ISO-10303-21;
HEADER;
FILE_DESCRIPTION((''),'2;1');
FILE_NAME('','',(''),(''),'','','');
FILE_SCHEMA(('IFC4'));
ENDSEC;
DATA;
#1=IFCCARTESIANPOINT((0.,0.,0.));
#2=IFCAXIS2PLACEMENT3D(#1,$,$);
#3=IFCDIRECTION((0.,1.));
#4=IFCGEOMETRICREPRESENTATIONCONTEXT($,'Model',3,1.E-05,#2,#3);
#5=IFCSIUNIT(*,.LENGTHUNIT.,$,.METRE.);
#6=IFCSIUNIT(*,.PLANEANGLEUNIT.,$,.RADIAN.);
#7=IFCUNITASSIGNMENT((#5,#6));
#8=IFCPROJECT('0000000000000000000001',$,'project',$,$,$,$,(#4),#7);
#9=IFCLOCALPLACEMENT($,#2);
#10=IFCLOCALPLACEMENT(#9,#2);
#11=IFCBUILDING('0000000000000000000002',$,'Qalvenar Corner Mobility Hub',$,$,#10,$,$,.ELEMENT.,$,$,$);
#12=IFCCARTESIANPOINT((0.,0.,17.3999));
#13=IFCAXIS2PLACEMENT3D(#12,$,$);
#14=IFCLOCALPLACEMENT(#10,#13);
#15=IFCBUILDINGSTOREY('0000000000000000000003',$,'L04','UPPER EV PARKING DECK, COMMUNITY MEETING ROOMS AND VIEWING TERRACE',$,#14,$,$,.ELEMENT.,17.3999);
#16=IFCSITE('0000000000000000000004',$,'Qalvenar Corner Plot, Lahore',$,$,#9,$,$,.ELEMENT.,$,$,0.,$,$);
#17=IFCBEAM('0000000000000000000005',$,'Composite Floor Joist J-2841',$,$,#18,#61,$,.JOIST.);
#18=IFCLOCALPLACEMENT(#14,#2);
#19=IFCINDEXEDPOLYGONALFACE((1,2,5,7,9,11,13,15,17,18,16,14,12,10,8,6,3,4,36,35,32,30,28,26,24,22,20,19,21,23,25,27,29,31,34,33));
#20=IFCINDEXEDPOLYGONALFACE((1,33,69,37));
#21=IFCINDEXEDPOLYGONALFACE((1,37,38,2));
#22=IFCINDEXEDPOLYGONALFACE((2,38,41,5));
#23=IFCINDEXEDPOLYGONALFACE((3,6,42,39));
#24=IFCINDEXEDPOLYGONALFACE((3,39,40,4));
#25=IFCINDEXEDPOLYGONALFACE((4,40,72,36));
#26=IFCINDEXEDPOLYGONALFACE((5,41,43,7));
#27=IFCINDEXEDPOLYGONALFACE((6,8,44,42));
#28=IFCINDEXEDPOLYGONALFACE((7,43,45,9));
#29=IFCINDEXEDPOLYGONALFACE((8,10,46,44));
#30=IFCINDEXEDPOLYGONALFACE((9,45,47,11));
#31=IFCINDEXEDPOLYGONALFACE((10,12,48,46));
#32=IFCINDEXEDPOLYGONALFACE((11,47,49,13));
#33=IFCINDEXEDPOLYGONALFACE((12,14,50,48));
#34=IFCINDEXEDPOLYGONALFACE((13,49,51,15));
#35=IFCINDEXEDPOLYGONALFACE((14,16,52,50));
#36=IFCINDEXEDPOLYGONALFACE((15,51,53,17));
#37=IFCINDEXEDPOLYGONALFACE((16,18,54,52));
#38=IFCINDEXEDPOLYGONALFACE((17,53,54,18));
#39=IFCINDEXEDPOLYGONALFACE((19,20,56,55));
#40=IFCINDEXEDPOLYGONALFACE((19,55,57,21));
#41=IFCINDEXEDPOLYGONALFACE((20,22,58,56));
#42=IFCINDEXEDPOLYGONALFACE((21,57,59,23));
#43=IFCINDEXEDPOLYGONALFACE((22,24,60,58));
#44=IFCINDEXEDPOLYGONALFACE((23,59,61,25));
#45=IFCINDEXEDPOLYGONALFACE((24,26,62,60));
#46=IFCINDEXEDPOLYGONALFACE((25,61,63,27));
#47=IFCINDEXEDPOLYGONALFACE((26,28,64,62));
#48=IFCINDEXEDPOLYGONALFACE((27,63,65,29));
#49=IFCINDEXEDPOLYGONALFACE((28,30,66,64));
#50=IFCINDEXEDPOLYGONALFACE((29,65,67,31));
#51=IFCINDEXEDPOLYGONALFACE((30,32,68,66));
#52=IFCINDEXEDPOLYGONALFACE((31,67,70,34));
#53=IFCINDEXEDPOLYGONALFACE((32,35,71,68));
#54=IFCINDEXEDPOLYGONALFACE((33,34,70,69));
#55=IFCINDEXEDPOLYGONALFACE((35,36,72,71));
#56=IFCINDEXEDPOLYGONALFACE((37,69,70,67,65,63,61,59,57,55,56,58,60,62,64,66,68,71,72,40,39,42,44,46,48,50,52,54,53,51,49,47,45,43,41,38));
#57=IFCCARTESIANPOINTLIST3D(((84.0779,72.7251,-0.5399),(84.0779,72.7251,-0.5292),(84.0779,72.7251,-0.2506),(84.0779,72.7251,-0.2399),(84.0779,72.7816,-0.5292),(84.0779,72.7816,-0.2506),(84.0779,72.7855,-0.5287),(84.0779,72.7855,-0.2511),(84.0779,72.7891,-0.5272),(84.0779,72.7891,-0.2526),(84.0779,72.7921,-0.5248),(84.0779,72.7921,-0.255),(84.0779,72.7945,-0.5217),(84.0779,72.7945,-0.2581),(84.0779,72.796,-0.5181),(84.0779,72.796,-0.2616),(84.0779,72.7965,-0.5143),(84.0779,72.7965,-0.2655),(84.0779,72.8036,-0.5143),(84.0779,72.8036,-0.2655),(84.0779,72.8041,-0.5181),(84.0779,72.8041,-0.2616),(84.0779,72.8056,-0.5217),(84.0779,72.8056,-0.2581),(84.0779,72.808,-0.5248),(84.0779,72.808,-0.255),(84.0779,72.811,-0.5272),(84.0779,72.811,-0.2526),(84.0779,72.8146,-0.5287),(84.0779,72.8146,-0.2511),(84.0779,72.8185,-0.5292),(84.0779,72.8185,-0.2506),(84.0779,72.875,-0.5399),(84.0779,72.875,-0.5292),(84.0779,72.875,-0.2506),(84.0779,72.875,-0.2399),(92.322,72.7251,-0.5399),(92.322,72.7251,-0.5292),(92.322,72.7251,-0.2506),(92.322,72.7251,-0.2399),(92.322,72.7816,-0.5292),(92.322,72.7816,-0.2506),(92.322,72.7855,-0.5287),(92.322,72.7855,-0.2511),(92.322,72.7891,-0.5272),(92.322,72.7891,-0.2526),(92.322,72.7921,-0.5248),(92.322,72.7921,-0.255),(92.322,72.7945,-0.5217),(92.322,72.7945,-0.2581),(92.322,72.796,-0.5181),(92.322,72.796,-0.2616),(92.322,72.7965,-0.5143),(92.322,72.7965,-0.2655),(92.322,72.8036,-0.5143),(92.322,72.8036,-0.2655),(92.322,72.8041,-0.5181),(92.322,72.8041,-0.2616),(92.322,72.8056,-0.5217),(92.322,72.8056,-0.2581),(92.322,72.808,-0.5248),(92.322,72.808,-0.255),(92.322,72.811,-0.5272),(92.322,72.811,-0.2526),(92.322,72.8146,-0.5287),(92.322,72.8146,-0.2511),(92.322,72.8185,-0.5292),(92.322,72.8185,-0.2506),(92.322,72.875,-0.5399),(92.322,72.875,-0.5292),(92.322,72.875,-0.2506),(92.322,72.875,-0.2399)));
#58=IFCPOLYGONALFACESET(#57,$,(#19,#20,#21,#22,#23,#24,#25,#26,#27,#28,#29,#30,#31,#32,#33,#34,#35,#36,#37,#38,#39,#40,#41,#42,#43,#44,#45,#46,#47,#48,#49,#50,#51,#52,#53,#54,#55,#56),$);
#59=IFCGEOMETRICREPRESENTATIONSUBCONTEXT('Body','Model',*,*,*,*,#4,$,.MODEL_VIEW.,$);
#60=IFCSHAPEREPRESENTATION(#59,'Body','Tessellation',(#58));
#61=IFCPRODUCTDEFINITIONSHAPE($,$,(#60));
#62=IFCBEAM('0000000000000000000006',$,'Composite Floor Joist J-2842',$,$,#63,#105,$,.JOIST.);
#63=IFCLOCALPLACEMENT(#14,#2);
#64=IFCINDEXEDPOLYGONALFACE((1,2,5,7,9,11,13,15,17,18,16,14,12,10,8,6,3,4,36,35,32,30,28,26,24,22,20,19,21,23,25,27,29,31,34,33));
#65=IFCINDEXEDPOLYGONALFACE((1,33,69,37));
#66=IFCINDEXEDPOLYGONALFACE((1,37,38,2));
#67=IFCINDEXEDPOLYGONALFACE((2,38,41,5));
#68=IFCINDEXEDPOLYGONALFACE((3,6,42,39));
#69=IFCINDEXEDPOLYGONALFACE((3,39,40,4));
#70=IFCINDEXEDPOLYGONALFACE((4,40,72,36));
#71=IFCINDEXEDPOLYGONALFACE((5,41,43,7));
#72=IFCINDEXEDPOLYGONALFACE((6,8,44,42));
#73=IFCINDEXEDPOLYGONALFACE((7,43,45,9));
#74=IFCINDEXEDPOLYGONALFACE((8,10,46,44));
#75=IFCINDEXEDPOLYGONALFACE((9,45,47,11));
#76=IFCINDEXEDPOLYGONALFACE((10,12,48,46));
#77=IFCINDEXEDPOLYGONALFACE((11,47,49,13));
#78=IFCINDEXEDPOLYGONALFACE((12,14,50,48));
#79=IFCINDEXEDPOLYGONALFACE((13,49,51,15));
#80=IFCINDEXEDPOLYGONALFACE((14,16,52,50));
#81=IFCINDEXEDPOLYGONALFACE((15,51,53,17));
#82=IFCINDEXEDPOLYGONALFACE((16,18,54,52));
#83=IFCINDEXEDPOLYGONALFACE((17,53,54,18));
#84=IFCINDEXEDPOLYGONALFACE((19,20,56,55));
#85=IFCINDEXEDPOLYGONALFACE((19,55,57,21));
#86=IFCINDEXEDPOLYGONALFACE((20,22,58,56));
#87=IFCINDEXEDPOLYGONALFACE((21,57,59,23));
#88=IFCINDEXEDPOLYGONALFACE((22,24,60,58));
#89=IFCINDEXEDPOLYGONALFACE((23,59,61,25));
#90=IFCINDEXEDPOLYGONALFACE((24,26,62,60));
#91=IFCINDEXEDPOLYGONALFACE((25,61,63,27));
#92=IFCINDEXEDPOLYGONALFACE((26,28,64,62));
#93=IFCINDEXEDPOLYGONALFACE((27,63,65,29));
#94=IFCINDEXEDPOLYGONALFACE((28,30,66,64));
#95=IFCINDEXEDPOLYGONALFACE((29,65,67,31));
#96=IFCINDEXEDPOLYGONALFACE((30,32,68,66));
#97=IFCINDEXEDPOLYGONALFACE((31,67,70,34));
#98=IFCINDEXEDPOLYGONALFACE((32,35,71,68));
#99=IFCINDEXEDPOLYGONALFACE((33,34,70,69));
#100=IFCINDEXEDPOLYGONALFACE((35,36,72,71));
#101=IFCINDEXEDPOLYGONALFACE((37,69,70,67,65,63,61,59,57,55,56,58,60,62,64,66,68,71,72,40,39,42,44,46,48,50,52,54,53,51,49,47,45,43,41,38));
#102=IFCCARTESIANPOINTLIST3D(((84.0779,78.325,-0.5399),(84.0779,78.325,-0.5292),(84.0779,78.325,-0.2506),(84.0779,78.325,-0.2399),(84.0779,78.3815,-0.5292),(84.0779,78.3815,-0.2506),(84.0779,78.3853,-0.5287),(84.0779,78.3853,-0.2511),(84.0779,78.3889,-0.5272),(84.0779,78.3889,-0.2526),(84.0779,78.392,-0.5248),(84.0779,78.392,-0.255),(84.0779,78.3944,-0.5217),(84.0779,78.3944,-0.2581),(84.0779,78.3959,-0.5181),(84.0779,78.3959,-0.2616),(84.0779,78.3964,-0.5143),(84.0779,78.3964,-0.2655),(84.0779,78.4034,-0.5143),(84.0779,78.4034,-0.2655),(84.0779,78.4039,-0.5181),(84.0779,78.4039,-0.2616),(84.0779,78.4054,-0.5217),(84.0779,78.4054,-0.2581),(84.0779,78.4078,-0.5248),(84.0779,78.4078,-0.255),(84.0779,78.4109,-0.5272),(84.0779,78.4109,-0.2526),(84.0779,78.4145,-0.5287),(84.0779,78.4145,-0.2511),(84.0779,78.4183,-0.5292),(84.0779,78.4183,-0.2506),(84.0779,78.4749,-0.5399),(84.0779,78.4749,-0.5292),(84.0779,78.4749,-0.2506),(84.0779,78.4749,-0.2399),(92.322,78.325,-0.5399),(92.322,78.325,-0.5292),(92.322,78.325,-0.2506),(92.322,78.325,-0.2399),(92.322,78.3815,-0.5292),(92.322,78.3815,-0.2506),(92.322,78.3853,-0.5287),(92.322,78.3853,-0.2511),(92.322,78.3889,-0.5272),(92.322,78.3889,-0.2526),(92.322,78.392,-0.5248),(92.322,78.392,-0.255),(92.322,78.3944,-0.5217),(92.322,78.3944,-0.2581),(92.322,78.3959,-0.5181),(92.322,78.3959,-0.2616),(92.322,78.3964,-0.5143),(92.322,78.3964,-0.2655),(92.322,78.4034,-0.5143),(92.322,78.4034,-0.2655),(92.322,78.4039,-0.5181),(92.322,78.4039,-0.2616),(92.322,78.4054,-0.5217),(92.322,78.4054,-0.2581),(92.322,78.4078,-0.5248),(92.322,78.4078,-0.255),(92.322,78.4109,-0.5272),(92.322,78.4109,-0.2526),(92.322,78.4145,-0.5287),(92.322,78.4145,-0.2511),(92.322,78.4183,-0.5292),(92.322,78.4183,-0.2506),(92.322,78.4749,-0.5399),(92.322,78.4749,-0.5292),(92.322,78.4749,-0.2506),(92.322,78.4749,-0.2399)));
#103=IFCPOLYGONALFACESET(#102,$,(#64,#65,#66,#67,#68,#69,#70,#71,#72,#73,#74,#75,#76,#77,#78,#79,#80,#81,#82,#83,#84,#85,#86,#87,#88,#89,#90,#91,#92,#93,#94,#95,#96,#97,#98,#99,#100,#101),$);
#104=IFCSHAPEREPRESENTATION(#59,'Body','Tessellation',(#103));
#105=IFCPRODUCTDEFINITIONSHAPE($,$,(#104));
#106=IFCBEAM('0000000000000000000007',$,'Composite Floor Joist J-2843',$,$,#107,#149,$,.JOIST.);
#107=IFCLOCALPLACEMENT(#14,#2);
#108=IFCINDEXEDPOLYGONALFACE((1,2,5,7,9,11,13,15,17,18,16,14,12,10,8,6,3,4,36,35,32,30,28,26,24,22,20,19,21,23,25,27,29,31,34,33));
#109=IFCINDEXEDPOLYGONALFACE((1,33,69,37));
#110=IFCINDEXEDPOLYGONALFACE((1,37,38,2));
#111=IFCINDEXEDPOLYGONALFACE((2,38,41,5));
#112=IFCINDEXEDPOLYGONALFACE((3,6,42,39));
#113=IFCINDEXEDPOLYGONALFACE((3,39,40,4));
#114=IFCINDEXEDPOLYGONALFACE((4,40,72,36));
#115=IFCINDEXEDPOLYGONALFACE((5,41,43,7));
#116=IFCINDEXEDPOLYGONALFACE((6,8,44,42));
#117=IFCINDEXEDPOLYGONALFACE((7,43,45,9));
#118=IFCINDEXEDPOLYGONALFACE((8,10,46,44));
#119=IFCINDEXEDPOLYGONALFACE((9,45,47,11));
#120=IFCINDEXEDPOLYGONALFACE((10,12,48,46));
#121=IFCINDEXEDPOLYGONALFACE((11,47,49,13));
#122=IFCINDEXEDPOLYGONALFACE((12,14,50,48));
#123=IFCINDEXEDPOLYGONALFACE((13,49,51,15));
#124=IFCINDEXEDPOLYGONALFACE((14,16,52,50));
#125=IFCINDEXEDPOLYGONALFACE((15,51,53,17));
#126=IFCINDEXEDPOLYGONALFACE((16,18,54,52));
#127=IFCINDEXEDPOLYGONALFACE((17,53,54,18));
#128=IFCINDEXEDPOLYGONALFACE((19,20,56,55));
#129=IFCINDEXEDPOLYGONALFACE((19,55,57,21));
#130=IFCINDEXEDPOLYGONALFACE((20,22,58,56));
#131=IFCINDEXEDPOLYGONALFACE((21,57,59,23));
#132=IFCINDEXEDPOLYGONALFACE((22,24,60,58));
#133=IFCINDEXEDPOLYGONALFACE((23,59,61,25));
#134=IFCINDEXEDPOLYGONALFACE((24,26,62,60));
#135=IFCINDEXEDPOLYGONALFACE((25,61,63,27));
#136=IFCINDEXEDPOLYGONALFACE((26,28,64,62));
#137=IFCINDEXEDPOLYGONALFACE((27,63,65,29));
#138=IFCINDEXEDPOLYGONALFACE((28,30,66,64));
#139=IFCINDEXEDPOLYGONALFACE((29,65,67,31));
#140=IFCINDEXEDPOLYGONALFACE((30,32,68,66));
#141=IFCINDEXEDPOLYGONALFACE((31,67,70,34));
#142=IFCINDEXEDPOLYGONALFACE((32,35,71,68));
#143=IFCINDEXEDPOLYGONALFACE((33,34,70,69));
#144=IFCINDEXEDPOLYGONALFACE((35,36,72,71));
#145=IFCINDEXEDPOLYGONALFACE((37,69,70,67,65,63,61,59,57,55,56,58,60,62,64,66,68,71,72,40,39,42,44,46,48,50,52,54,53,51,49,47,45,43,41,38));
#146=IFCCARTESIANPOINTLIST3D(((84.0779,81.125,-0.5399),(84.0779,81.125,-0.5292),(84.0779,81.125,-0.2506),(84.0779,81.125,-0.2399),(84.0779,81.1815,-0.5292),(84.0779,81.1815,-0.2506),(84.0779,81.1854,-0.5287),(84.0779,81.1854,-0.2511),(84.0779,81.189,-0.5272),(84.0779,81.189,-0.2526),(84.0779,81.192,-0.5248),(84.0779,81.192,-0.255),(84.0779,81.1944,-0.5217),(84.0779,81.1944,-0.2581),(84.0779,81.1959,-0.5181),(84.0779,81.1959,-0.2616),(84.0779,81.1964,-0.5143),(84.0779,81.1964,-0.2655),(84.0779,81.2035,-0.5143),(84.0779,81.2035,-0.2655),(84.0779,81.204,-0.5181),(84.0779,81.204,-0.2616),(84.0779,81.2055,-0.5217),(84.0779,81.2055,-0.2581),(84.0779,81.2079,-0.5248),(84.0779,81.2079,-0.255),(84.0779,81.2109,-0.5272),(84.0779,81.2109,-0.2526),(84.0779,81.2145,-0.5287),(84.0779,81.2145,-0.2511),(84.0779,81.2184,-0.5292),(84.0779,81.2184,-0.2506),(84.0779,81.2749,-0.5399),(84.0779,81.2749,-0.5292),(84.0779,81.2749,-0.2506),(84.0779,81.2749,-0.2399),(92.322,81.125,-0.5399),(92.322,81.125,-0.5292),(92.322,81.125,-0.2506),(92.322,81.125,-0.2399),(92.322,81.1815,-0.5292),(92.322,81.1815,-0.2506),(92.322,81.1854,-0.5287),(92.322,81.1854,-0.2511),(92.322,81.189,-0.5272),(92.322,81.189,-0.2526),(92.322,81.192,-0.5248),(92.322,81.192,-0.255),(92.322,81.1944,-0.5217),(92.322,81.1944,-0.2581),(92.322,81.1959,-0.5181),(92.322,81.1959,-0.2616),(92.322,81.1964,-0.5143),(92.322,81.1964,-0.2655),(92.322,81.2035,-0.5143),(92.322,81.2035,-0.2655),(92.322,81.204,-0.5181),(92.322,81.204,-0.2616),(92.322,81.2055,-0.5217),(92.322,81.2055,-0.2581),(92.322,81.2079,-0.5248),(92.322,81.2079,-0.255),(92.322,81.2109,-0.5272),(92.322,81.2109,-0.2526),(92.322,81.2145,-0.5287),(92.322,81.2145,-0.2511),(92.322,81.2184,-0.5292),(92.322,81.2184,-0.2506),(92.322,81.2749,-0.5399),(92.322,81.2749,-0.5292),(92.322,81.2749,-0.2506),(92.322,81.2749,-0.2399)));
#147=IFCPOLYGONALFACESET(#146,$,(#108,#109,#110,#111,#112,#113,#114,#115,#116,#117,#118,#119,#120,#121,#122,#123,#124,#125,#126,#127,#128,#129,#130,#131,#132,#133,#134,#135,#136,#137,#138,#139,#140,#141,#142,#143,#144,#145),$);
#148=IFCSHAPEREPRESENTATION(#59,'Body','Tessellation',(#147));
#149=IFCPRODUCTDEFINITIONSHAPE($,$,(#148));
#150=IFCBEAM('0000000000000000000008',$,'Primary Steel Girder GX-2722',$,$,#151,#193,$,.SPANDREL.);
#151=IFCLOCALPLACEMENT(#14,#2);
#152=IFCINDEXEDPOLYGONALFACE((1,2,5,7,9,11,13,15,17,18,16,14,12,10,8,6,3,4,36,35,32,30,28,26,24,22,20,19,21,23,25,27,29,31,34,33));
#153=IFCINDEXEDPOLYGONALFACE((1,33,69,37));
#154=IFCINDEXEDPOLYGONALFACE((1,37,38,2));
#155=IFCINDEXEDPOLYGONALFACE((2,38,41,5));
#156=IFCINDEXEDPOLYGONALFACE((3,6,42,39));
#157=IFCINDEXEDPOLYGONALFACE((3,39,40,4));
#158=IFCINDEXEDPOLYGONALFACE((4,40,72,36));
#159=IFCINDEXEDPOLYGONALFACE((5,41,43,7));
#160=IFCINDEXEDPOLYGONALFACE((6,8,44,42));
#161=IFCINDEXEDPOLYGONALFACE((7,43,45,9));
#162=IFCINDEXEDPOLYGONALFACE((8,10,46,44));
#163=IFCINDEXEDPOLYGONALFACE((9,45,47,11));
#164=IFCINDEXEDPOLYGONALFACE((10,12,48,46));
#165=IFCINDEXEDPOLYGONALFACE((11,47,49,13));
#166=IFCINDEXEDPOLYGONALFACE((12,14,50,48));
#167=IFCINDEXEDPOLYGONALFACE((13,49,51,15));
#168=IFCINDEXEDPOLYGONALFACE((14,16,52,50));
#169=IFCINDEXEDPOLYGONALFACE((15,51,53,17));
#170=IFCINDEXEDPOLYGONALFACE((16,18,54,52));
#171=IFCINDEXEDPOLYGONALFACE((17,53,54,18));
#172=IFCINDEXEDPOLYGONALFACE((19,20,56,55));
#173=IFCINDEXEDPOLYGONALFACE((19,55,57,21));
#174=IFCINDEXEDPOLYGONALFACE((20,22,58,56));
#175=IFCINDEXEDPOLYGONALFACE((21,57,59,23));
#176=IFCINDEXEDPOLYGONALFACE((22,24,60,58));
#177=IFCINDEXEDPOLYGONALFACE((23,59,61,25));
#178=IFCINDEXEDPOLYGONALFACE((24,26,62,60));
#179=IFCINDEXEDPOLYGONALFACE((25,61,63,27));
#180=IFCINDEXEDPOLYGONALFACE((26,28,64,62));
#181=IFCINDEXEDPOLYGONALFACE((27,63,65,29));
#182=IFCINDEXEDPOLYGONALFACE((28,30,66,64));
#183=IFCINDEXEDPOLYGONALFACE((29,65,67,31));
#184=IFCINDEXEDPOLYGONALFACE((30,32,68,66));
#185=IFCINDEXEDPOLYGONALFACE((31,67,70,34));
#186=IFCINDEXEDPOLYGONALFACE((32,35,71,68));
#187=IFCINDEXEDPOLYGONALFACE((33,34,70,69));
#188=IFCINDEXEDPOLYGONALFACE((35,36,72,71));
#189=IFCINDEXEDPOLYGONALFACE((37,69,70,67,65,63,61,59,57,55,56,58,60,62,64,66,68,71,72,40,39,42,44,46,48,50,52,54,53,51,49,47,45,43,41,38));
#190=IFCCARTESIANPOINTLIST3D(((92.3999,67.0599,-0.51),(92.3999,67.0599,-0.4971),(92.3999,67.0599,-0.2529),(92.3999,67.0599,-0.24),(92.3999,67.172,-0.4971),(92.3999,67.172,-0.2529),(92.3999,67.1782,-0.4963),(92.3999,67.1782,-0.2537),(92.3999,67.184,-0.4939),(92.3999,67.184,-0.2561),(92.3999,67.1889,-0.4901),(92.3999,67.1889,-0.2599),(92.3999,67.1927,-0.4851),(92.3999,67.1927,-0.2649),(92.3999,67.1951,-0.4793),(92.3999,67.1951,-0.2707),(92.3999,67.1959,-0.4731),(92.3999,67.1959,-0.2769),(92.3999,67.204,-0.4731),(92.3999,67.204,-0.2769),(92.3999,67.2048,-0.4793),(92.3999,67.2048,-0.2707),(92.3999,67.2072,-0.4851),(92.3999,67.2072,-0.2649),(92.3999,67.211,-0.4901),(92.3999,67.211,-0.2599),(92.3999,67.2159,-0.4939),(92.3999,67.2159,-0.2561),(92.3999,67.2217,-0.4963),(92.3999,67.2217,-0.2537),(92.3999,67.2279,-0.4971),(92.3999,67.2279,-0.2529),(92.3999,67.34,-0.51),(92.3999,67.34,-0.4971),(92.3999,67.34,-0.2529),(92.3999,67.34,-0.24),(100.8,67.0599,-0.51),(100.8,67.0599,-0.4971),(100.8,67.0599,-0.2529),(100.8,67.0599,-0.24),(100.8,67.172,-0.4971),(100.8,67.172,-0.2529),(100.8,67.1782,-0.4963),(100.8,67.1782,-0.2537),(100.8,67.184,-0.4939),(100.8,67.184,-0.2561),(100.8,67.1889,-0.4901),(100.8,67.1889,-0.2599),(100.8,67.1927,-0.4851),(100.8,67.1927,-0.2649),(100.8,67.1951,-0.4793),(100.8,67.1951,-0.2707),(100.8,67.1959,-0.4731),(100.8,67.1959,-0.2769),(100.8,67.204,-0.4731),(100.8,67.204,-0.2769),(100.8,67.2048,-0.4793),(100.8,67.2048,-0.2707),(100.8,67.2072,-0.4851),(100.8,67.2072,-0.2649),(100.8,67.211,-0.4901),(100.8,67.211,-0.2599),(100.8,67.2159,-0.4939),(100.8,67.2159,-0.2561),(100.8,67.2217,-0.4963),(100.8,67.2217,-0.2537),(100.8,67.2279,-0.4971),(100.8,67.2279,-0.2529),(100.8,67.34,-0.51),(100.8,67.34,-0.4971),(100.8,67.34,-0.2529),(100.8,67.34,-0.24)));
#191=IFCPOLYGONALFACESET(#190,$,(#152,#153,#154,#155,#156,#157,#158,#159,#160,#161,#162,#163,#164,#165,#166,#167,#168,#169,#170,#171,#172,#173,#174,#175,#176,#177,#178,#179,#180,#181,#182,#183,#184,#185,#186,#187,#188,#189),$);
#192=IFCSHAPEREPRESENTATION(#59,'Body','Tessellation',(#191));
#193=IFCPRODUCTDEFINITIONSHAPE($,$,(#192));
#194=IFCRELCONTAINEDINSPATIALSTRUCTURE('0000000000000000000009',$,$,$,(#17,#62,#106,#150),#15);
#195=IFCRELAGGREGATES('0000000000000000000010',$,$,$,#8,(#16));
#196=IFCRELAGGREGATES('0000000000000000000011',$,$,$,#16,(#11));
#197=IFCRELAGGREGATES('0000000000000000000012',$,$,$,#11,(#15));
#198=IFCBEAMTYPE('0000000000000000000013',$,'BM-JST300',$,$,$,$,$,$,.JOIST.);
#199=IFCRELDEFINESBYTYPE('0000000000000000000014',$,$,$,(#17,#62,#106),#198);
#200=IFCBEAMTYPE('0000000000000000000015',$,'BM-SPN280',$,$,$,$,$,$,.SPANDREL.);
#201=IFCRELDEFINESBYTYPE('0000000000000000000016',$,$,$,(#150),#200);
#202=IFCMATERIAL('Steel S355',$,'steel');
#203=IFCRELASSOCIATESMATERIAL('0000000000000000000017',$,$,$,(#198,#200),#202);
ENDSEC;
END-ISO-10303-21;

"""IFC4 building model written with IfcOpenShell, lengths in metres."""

from ifc_helpers import new_model, si_unit, direction, frame, origin, origin_2d, place, context, subcontext, project, spatial, i_section, extrude, material, material_profile, profile_set, type_object, element, save


model = new_model("IFC4")

# Units and contexts
model_context = context("Model", 3, precision=1e-05, world=origin(), true_north=direction((0.0, 1.0)))
body_context = subcontext(model_context, "Body", "Model", "MODEL_VIEW")
ifc_project = project(units=[si_unit("LENGTHUNIT", "METRE"), si_unit("PLANEANGLEUNIT", "RADIAN")], contexts=[model_context])

# Site, building, storey
site_placement = place(None, origin())
site = spatial("IfcSite", under=ifc_project, at=site_placement, Name="Qalvenar Corner Plot, Lahore", CompositionType="ELEMENT", RefElevation=0.0)
building_placement = place(site_placement, origin())
building = spatial("IfcBuilding", under=site, at=building_placement, Name="Qalvenar Corner Mobility Hub", CompositionType="ELEMENT")
storey_placement = place(building_placement, frame((0.0, 0.0, 17.3999)))
storey = spatial("IfcBuildingStorey", under=building, at=storey_placement, Name="L04", Description="UPPER EV PARKING DECK, COMMUNITY MEETING ROOMS AND VIEWING TERRACE", CompositionType="ELEMENT", Elevation=17.3999)

# Shared definitions
ifc_material = material(Name="Steel S355", Category="steel")

# Beams
ifc_material_profile_1 = material_profile(ifc_material, i_section(OverallWidth=0.1499, OverallDepth=0.3, WebThickness=0.0071, FlangeThickness=0.0107, FilletRadius=0.0149, at=origin_2d()), Name="IPE300")
ifc_profile_set_1 = profile_set([ifc_material_profile_1], Name="Steel S355")
beam_type_1 = type_object("IfcBeamType", Name="BM-JST300", PredefinedType="JOIST", material=ifc_profile_set_1)
for number, where, z_axis, x_axis, name in (
    (1, (84.0779, 72.8, -0.3899), (1.0, 0.0, 0.0), (0.0, 1.0, 0.0), "Composite Floor Joist J-2841"),
    (2, (84.0779, 78.3999, -0.3899), (1.0, 0.0, 0.0), (0.0, 1.0, 0.0), "Composite Floor Joist J-2842"),
    (3, (84.0779, 81.2, -0.3899), (1.0, 0.0, 0.0), (0.0, 1.0, 0.0), "Composite Floor Joist J-2843"),
):
    element("IfcBeam", number, at=place(storey_placement, frame(where, z_axis=z_axis, x_axis=x_axis)), inside=storey, type_object=beam_type_1, Name=name, PredefinedType="JOIST", context=body_context, shape_type="SweptSolid", body=[
        extrude(i_section(OverallWidth=0.1499, OverallDepth=0.3, WebThickness=0.0071, FlangeThickness=0.0107, FilletRadius=0.0149, at=origin_2d()), origin(), (0.0, 0.0, 1.0), 8.2441),
    ])
ifc_material_profile_2 = material_profile(ifc_material, i_section(OverallWidth=0.28, OverallDepth=0.27, WebThickness=0.0081, FlangeThickness=0.0129, FilletRadius=0.0239, at=origin_2d()), Name="HEA280")
ifc_profile_set_2 = profile_set([ifc_material_profile_2], Name="Steel S355")
beam_type_2 = type_object("IfcBeamType", Name="BM-SPN280", PredefinedType="SPANDREL", material=ifc_profile_set_2)
beam_1_placement = place(storey_placement, frame((92.3999, 67.2, -0.375), z_axis=(1.0, 0.0, 0.0), x_axis=(0.0, 1.0, 0.0)))
element("IfcBeam", 4, at=beam_1_placement, inside=storey, type_object=beam_type_2, Name="Primary Steel Girder GX-2722", PredefinedType="SPANDREL", context=body_context, shape_type="SweptSolid", body=[
    extrude(i_section(OverallWidth=0.28, OverallDepth=0.27, WebThickness=0.0081, FlangeThickness=0.0129, FilletRadius=0.0239, at=origin_2d()), origin(), (0.0, 0.0, 1.0), 8.4001),
])

save(model, "model.ifc")
